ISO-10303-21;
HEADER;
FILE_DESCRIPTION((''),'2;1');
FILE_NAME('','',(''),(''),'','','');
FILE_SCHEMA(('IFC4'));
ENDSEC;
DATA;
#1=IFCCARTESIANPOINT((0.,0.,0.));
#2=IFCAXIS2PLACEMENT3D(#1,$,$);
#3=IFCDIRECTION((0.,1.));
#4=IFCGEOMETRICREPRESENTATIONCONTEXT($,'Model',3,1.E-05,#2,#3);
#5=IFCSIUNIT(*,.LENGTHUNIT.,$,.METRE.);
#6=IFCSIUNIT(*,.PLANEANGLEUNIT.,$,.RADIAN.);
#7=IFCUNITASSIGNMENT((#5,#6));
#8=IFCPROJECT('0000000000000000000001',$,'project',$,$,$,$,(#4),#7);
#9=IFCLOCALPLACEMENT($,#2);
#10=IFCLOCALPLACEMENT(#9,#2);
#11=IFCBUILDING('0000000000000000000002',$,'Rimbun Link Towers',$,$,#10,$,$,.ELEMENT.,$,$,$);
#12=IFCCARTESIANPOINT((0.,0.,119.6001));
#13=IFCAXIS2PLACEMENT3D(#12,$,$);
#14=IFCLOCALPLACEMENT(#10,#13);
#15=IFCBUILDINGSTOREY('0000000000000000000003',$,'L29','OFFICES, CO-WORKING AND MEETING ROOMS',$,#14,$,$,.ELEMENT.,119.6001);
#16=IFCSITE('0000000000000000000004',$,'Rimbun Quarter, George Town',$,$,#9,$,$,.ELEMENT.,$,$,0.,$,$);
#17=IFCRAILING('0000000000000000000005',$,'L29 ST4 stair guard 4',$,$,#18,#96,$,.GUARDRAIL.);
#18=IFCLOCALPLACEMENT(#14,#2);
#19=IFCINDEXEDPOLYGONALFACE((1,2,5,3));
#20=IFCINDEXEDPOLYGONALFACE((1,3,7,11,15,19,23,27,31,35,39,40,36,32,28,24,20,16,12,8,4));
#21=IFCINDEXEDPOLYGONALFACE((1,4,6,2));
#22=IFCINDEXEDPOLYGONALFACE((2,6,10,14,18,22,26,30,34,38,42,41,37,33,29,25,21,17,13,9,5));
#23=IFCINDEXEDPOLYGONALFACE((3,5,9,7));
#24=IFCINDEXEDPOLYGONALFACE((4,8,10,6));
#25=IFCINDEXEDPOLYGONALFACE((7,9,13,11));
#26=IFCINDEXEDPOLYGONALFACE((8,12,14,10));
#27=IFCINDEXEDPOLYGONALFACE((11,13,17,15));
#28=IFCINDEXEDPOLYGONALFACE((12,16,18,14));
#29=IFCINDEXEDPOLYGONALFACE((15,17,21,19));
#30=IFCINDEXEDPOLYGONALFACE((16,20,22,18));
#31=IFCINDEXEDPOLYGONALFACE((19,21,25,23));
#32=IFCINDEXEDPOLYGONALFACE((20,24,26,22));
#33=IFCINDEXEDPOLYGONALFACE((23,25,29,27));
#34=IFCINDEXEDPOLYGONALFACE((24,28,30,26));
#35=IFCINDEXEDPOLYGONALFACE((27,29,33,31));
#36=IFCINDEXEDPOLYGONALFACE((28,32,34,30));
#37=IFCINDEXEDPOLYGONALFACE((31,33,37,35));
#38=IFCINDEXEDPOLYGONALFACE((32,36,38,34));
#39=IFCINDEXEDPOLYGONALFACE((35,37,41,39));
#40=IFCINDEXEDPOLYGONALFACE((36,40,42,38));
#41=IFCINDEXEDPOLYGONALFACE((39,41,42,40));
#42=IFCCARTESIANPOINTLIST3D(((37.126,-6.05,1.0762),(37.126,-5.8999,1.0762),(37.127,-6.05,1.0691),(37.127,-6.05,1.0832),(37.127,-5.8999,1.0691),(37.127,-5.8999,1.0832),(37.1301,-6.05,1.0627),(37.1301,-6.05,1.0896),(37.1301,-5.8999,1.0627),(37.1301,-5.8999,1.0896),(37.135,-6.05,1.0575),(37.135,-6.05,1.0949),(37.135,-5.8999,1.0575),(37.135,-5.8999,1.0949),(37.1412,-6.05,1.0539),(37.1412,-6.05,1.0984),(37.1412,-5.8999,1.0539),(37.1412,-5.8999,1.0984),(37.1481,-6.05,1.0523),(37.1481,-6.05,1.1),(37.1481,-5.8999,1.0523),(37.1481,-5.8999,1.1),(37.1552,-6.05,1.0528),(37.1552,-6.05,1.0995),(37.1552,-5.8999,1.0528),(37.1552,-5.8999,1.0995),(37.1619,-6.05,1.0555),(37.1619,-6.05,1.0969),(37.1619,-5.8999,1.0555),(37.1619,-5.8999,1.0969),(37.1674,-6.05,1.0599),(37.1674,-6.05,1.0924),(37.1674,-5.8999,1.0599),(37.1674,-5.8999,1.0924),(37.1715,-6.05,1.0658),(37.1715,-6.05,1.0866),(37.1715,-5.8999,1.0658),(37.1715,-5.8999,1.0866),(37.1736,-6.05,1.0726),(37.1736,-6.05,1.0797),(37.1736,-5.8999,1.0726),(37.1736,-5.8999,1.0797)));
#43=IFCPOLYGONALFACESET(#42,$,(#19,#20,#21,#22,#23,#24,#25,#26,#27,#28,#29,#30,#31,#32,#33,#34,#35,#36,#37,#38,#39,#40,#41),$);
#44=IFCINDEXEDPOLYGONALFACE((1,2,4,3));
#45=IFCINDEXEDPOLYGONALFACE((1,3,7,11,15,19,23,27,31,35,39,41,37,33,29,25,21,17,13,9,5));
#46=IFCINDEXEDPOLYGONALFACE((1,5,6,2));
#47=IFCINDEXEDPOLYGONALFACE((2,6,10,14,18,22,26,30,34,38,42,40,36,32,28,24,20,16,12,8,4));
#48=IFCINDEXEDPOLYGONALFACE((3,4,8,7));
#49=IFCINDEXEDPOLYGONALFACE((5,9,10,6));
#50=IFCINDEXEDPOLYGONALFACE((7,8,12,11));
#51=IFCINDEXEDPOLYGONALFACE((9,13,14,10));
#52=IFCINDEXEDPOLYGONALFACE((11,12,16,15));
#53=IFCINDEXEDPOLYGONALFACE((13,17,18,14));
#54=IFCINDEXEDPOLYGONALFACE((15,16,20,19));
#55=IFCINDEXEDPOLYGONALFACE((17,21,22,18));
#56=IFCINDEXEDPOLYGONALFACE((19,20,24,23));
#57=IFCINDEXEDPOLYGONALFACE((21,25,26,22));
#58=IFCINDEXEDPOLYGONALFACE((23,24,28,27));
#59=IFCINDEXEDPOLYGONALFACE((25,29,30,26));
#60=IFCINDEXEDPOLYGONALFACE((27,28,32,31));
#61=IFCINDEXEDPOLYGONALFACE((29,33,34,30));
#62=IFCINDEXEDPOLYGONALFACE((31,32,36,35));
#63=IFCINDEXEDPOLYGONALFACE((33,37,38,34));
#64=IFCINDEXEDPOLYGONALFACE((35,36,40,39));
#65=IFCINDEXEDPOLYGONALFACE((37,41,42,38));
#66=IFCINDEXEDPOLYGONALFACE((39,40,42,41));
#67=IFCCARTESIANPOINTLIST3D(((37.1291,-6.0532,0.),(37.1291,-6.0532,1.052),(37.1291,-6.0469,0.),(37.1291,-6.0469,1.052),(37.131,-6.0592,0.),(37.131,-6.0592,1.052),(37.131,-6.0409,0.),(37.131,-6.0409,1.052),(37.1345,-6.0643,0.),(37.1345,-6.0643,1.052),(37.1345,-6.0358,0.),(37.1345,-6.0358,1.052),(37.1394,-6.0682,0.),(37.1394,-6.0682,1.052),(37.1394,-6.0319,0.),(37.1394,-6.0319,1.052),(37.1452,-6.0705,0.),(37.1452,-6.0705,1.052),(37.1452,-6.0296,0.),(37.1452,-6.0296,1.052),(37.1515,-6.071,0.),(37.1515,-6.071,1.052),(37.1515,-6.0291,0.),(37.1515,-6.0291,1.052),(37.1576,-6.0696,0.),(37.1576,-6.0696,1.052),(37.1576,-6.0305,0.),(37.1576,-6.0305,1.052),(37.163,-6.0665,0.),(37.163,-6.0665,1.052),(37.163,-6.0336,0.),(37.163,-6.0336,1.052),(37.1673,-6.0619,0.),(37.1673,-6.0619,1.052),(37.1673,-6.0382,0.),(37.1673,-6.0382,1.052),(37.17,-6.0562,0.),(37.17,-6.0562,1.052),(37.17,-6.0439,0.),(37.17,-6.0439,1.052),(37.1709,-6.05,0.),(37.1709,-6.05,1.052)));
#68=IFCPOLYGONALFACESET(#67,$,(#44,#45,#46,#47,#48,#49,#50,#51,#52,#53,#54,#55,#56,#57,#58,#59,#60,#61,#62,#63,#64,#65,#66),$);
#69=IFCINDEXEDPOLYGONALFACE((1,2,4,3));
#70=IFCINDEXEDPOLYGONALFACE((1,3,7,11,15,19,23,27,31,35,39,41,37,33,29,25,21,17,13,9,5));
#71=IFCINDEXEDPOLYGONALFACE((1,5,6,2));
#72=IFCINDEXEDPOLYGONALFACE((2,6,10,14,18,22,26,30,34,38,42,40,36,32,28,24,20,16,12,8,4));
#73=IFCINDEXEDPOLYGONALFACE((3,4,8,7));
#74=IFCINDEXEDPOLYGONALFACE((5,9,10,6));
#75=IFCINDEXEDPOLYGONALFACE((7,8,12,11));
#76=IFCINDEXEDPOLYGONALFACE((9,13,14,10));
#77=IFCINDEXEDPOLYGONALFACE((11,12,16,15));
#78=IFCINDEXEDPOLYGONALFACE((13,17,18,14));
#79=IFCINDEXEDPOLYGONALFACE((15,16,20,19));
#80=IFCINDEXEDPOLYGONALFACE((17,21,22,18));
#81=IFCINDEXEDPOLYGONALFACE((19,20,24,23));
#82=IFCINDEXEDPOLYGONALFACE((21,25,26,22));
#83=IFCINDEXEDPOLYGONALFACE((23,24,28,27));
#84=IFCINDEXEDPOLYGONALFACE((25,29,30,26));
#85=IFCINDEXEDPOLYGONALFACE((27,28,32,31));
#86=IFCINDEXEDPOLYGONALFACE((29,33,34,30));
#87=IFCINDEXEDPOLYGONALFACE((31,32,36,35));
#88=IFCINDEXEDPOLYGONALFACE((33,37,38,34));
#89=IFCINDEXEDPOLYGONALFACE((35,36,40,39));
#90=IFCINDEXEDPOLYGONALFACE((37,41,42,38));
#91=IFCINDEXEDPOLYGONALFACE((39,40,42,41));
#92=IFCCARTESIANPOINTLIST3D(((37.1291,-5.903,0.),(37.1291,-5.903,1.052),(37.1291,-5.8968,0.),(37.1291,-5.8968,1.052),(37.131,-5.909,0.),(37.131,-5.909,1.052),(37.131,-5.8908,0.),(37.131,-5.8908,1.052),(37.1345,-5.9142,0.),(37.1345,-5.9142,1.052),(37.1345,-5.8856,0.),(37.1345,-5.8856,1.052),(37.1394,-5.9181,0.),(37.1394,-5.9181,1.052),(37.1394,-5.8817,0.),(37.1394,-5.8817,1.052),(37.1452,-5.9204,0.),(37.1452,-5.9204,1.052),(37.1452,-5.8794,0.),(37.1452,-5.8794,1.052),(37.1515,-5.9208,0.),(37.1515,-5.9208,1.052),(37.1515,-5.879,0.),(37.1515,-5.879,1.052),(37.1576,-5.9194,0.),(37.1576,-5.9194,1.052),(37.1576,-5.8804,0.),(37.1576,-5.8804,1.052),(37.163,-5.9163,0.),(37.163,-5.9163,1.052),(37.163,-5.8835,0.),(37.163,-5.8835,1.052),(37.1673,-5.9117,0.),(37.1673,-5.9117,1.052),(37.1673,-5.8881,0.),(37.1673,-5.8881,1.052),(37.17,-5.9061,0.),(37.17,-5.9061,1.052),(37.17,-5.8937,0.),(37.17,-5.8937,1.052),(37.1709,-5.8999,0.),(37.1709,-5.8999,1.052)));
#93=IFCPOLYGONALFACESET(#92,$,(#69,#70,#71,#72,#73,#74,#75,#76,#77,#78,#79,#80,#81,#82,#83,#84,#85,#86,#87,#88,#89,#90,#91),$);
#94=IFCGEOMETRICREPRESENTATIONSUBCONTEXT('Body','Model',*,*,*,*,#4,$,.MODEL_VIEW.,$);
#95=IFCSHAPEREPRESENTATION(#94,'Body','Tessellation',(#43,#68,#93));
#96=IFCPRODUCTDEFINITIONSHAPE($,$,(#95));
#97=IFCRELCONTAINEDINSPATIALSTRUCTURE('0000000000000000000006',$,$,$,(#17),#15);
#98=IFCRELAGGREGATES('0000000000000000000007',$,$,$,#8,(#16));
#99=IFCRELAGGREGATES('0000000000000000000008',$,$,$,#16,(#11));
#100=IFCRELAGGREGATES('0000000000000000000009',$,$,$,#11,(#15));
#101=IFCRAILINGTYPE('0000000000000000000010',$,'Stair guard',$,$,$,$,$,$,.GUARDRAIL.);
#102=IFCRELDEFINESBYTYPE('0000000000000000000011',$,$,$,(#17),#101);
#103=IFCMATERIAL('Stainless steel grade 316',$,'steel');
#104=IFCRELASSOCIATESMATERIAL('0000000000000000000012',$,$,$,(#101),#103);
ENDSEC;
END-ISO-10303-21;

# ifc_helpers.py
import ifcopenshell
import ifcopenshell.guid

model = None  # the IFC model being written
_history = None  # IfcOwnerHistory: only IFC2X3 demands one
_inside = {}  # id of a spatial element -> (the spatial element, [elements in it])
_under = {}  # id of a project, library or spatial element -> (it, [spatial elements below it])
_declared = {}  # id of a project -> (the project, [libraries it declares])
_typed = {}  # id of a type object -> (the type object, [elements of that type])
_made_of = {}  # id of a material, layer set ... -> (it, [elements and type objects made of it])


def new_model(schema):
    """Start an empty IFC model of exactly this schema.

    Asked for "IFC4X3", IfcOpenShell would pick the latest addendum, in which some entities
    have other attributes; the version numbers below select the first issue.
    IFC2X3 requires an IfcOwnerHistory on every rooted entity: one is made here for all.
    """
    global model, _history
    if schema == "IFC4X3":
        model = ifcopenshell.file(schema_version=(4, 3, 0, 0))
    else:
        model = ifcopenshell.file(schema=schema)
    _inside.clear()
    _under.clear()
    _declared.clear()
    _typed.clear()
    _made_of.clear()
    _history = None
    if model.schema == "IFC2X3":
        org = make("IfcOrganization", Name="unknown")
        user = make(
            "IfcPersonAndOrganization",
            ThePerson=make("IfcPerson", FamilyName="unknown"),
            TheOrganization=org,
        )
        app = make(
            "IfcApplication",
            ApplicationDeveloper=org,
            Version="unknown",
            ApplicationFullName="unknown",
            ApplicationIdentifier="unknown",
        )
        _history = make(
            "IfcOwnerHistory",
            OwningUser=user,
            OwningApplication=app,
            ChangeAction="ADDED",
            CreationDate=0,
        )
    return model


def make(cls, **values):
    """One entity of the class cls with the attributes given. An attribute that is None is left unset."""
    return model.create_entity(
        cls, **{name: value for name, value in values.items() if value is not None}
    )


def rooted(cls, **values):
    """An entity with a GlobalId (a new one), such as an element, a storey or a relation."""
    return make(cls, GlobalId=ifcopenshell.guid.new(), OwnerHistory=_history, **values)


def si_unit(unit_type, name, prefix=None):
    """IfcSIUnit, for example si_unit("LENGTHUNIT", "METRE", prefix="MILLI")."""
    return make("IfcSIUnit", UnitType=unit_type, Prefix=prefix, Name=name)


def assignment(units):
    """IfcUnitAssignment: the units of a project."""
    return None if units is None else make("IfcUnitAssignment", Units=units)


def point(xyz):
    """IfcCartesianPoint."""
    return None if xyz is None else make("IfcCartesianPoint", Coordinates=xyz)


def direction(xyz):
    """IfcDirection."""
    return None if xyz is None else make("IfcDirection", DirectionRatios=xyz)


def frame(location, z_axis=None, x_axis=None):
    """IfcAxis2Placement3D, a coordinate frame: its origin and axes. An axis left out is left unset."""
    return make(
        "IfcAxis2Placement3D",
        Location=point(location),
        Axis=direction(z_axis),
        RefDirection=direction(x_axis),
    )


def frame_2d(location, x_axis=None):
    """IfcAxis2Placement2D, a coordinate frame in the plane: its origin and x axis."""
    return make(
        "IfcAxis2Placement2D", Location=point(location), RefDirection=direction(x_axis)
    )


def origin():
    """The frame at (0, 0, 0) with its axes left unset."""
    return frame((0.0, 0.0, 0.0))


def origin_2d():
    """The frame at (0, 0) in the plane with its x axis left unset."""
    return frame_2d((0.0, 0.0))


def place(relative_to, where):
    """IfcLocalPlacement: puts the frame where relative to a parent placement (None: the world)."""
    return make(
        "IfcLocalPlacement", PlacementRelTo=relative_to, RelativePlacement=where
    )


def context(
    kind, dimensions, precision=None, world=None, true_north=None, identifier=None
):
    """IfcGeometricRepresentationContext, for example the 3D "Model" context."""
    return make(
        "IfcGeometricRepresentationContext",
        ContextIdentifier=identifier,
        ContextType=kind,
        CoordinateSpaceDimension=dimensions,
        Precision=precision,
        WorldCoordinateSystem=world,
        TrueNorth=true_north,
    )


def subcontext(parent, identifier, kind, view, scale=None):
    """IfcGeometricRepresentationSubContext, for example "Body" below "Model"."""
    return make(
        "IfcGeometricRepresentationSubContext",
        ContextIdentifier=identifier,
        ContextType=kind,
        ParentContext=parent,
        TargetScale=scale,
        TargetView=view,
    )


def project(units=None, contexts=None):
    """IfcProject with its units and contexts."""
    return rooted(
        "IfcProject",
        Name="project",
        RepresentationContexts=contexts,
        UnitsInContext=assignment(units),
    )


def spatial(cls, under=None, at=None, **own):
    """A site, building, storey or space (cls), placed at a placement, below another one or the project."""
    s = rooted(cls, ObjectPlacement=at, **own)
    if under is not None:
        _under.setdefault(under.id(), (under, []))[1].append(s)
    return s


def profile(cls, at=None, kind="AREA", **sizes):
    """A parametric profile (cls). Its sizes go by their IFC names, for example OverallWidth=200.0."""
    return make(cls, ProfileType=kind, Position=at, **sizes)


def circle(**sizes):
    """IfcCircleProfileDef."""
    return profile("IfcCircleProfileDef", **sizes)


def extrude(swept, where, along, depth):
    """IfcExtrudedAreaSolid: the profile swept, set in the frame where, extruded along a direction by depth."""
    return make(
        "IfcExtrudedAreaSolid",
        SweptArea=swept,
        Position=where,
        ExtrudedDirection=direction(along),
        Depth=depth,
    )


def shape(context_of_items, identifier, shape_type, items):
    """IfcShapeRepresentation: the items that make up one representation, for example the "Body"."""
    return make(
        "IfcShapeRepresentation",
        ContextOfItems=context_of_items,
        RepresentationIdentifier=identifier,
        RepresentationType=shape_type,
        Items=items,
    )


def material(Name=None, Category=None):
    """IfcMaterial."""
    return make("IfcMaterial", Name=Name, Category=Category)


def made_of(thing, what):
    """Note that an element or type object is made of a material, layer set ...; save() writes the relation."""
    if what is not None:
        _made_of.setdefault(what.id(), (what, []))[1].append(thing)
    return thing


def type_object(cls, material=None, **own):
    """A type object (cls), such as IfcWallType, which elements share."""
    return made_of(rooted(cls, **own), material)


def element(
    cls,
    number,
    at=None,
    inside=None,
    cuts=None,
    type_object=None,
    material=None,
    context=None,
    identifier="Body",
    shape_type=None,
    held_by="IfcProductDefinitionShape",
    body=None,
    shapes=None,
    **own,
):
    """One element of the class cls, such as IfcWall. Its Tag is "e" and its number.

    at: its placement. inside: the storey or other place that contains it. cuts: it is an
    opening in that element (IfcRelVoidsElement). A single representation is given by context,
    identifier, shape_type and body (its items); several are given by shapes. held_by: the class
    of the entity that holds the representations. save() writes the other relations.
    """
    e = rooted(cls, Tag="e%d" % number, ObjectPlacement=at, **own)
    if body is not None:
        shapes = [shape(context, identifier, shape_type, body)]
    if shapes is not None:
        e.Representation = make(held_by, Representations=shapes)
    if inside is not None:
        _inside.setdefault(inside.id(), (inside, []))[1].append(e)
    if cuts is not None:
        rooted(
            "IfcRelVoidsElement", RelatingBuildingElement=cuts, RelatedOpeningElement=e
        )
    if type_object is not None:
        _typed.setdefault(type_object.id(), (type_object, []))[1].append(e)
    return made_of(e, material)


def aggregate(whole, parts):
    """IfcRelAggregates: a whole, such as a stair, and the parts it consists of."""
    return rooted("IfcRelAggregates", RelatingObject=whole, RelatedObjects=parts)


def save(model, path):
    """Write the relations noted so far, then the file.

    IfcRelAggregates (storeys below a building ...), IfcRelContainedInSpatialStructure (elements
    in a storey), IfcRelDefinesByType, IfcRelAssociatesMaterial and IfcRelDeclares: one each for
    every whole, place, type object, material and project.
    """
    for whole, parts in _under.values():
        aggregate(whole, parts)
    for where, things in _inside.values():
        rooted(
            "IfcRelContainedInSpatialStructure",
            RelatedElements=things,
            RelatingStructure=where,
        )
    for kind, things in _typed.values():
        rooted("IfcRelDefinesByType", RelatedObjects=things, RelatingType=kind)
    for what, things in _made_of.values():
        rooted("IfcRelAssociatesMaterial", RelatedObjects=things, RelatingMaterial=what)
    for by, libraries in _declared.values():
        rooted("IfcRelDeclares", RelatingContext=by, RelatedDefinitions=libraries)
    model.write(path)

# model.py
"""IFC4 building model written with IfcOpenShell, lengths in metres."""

from ifc_helpers import new_model, si_unit, direction, frame, origin, origin_2d, place, context, subcontext, project, spatial, circle, extrude, material, type_object, element, save


model = new_model("IFC4")

# Units and contexts
model_context = context("Model", 3, precision=1e-05, world=origin(), true_north=direction((0.0, 1.0)))
body_context = subcontext(model_context, "Body", "Model", "MODEL_VIEW")
ifc_project = project(units=[si_unit("LENGTHUNIT", "METRE"), si_unit("PLANEANGLEUNIT", "RADIAN")], contexts=[model_context])

# Site, building, storey
site_placement = place(None, origin())
site = spatial("IfcSite", under=ifc_project, at=site_placement, Name="Rimbun Quarter, George Town", CompositionType="ELEMENT", RefElevation=0.0)
building_placement = place(site_placement, origin())
building = spatial("IfcBuilding", under=site, at=building_placement, Name="Rimbun Link Towers", CompositionType="ELEMENT")
storey_placement = place(building_placement, frame((0.0, 0.0, 119.6001)))
storey = spatial("IfcBuildingStorey", under=building, at=storey_placement, Name="L29", Description="OFFICES, CO-WORKING AND MEETING ROOMS", CompositionType="ELEMENT", Elevation=119.6001)

# Railing
ifc_material_1 = material(Name="Stainless steel grade 316", Category="steel")
railing_type_1 = type_object("IfcRailingType", Name="Stair guard", PredefinedType="GUARDRAIL", material=ifc_material_1)
railing_1_placement = place(storey_placement, frame((37.1499, -6.05, 0.0)))
element("IfcRailing", 1, at=railing_1_placement, inside=storey, type_object=railing_type_1, Name="L29 ST4 stair guard 4", PredefinedType="GUARDRAIL", context=body_context, shape_type="SweptSolid", body=[
    extrude(circle(Radius=0.0239, at=origin_2d()), frame((0.0, 0.0, 1.0762), z_axis=(0.0, 1.0, 0.0), x_axis=(-1.0, 0.0, 0.0)), (0.0, 0.0, 1.0), 0.1501),
    extrude(circle(Radius=0.021, at=origin_2d()), origin(), (0.0, 0.0, 1.0), 1.052),
    extrude(circle(Radius=0.021, at=origin_2d()), frame((0.0, 0.1501, 0.0)), (0.0, 0.0, 1.0), 1.052),
])

save(model, "model.ifc")
